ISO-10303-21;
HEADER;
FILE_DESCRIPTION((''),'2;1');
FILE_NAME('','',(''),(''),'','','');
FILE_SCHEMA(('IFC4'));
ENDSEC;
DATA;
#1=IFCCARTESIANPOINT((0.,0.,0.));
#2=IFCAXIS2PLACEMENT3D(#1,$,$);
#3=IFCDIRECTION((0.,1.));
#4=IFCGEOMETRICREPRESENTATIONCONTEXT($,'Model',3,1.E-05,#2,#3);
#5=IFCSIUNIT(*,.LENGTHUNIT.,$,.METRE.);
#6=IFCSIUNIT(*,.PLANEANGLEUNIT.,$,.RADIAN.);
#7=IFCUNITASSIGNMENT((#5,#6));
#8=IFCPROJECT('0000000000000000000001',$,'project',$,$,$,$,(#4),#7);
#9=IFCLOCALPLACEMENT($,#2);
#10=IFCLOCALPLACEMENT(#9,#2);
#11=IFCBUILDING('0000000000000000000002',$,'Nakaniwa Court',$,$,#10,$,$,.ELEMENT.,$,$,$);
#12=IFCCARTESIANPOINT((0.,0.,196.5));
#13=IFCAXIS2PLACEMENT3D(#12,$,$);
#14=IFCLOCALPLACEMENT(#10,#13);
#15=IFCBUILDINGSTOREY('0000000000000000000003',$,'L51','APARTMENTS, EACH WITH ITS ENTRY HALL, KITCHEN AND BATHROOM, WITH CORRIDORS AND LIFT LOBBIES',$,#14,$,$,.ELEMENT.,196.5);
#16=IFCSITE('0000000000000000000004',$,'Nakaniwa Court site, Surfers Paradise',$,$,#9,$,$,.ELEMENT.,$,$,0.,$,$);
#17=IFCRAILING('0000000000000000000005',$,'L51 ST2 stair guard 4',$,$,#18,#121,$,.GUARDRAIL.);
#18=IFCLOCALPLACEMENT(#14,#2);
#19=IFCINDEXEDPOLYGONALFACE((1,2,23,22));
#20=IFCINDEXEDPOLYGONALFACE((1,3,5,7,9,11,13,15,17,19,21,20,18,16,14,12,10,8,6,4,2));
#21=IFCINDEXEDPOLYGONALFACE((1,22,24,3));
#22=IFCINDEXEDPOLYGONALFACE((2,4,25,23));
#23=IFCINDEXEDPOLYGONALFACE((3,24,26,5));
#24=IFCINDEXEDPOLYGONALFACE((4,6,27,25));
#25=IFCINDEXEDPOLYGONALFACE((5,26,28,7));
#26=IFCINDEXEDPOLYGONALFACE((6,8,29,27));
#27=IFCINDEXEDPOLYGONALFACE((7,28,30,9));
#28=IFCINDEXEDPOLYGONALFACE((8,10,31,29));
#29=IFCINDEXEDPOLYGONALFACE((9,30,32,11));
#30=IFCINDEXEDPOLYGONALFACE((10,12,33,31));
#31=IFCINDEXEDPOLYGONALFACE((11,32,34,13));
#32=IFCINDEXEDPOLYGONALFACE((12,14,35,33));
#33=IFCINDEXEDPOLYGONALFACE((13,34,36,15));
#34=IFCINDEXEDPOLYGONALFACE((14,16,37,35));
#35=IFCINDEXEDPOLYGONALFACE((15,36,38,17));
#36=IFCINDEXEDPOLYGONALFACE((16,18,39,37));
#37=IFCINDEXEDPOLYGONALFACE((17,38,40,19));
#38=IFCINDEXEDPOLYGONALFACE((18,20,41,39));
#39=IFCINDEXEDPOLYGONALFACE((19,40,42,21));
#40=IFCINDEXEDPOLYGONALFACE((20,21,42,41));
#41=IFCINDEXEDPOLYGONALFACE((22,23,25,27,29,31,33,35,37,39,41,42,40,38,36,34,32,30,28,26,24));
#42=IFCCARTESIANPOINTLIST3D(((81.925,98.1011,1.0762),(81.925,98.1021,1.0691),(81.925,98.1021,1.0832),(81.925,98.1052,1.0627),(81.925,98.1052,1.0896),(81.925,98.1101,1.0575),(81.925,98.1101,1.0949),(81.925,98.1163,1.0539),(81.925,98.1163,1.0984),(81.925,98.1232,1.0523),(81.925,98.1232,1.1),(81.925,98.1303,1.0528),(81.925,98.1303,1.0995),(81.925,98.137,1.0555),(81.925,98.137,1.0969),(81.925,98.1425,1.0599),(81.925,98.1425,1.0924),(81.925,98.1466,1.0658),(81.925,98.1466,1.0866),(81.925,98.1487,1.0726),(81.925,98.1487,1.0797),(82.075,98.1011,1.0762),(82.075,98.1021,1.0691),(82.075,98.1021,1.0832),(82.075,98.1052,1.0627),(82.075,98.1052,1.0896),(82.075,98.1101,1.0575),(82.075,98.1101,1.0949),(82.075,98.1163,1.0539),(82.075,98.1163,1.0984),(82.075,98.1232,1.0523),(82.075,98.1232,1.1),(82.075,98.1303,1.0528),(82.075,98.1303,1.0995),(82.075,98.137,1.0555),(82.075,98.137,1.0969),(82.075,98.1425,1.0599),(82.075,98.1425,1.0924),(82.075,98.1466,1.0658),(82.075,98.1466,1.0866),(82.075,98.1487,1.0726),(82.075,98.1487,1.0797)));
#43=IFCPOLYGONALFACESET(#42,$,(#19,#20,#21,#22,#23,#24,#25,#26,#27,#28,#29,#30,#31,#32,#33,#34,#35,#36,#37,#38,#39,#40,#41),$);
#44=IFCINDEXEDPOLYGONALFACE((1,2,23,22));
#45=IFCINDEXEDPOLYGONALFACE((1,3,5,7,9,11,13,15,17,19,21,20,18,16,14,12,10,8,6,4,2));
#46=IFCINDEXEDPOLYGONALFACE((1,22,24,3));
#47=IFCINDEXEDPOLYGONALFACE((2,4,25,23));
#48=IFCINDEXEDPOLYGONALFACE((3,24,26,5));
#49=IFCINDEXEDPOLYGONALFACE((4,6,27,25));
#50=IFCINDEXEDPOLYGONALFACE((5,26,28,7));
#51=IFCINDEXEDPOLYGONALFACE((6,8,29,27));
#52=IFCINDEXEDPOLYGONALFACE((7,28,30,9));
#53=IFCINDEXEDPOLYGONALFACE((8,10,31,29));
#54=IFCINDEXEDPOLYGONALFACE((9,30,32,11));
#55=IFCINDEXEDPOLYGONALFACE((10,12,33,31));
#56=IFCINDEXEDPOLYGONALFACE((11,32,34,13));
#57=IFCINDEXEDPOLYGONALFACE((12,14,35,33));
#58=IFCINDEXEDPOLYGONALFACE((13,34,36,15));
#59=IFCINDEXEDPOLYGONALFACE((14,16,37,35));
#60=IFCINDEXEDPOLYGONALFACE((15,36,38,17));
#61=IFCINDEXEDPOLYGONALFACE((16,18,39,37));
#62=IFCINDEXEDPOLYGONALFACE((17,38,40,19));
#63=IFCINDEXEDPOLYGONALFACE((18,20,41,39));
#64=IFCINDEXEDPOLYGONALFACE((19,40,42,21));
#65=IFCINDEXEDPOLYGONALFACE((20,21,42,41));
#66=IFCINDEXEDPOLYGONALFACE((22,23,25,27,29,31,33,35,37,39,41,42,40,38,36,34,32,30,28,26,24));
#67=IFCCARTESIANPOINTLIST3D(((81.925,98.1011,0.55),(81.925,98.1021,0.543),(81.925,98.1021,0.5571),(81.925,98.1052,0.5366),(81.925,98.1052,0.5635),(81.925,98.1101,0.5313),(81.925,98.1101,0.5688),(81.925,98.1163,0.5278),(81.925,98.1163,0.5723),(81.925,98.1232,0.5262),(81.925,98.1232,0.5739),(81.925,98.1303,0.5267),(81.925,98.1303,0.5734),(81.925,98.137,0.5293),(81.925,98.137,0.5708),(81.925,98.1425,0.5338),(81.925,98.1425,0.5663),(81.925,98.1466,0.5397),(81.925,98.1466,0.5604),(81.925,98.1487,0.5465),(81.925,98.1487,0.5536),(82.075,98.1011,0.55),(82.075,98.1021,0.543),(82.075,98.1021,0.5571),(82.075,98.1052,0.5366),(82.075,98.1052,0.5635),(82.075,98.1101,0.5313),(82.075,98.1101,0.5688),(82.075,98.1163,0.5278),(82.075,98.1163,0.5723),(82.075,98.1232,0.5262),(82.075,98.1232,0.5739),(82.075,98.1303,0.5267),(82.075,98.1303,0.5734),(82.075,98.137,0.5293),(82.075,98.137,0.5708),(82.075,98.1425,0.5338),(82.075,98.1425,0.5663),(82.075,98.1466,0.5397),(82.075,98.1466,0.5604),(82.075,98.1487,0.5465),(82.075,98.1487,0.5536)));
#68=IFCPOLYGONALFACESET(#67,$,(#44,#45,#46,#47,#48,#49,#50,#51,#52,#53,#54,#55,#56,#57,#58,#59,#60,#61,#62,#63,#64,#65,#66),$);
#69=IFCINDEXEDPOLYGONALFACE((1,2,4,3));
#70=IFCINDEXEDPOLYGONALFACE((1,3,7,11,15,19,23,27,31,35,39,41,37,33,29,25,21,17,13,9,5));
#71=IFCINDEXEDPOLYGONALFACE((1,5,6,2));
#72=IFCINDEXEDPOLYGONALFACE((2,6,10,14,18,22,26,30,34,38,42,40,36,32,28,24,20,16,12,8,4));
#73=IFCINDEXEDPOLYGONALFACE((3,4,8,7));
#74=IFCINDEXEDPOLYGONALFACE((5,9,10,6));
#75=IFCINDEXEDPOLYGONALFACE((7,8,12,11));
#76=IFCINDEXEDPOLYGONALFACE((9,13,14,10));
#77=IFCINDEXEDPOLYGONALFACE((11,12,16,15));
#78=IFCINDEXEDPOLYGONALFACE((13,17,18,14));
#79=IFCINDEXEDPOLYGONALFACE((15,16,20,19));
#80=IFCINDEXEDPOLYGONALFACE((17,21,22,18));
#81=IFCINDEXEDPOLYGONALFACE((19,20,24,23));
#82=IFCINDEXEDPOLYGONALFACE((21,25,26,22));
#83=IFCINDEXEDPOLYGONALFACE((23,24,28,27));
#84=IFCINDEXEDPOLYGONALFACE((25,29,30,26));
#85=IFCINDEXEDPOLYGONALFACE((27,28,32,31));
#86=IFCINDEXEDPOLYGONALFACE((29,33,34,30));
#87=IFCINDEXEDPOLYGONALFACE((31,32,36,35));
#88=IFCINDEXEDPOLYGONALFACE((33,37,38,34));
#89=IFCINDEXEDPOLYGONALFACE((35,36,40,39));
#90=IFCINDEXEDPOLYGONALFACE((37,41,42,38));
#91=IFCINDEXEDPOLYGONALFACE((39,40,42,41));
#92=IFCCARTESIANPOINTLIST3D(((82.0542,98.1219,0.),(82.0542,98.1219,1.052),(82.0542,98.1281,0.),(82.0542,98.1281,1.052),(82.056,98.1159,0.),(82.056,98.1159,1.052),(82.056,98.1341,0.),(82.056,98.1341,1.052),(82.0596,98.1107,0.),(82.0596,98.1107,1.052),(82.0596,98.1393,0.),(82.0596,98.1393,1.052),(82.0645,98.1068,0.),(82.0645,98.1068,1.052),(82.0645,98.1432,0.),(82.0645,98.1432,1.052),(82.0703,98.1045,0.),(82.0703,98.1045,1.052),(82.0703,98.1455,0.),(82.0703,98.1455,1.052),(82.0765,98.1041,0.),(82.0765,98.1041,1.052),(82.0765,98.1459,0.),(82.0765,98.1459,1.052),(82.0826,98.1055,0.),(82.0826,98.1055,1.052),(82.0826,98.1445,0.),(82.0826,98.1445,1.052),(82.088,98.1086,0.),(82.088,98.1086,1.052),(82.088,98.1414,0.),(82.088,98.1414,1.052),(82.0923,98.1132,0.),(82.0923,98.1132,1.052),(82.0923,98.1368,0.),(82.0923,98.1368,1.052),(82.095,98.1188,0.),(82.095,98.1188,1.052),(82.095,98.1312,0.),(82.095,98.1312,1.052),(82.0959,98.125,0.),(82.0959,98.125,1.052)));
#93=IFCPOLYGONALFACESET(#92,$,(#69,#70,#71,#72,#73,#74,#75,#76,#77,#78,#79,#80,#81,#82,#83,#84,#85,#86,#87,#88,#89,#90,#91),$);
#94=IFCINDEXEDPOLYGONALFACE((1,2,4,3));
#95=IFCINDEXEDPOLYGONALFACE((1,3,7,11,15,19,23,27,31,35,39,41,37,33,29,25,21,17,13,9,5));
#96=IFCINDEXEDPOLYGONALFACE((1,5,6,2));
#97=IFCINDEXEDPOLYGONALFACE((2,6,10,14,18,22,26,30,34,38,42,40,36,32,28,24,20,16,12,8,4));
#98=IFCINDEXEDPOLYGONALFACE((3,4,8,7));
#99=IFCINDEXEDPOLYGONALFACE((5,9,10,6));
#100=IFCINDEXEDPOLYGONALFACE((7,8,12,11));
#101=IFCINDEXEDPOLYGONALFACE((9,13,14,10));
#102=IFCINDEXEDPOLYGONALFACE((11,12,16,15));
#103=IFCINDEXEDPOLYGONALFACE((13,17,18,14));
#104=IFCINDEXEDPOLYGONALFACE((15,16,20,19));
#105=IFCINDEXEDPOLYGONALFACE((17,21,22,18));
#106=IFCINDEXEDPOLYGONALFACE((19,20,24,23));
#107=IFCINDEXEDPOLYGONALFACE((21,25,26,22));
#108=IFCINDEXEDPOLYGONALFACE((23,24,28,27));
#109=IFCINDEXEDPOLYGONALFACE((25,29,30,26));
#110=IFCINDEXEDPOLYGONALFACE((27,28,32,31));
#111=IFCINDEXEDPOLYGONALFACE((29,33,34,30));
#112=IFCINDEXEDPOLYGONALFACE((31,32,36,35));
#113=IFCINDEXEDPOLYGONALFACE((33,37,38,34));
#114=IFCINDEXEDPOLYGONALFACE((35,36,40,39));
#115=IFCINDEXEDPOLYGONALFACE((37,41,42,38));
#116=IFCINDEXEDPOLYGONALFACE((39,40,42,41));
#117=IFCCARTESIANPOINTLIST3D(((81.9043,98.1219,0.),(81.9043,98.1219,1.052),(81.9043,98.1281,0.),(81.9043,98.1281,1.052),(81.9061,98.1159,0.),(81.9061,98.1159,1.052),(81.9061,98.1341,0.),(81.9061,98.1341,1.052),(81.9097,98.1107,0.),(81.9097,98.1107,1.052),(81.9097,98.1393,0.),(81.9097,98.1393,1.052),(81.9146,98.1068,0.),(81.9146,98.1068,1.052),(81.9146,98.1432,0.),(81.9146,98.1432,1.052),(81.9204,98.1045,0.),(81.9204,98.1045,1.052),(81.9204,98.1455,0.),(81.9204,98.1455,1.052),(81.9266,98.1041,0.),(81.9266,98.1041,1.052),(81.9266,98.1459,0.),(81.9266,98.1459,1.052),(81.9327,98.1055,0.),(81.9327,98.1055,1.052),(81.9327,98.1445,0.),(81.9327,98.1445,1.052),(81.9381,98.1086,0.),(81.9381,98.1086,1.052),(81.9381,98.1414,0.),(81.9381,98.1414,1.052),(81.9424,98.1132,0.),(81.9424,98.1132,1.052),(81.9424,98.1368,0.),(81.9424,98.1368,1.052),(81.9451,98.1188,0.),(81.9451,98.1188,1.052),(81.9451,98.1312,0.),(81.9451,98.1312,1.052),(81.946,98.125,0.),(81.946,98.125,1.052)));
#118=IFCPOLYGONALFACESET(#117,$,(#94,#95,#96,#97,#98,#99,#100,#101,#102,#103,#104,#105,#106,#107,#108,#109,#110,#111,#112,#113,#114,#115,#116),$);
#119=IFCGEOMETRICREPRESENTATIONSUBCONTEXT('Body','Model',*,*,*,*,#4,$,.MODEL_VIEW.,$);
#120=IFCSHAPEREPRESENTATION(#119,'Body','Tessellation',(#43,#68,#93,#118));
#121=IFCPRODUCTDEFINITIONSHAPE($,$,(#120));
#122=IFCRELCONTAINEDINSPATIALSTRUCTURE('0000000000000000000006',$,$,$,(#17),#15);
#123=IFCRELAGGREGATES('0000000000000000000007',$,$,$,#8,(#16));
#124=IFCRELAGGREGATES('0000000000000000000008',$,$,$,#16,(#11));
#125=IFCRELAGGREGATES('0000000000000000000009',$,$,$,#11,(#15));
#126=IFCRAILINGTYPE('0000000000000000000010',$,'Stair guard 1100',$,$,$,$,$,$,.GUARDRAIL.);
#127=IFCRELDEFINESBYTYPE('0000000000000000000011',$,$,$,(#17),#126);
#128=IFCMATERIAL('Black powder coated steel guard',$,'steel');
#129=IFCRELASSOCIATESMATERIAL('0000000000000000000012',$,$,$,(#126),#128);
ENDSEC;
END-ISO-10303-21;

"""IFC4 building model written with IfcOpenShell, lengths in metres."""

from ifc_helpers import new_model, si_unit, direction, frame, origin, origin_2d, place, context, subcontext, project, spatial, circle, extrude, material, type_object, element, save


model = new_model("IFC4")

# Units and contexts
model_context = context("Model", 3, precision=1e-05, world=origin(), true_north=direction((0.0, 1.0)))
body_context = subcontext(model_context, "Body", "Model", "MODEL_VIEW")
ifc_project = project(units=[si_unit("LENGTHUNIT", "METRE"), si_unit("PLANEANGLEUNIT", "RADIAN")], contexts=[model_context])

# Site, building, storey
site_placement = place(None, origin())
site = spatial("IfcSite", under=ifc_project, at=site_placement, Name="Nakaniwa Court site, Surfers Paradise", CompositionType="ELEMENT", RefElevation=0.0)
building_placement = place(site_placement, origin())
building = spatial("IfcBuilding", under=site, at=building_placement, Name="Nakaniwa Court", CompositionType="ELEMENT")
storey_placement = place(building_placement, frame((0.0, 0.0, 196.5)))
storey = spatial("IfcBuildingStorey", under=building, at=storey_placement, Name="L51", Description="APARTMENTS, EACH WITH ITS ENTRY HALL, KITCHEN AND BATHROOM, WITH CORRIDORS AND LIFT LOBBIES", CompositionType="ELEMENT", Elevation=196.5)

# Railing
ifc_material_1 = material(Name="Black powder coated steel guard", Category="steel")
railing_type_1 = type_object("IfcRailingType", Name="Stair guard 1100", PredefinedType="GUARDRAIL", material=ifc_material_1)
railing_1_placement = place(storey_placement, frame((82.075, 98.125, 0.0)))
element("IfcRailing", 1, at=railing_1_placement, inside=storey, type_object=railing_type_1, Name="L51 ST2 stair guard 4", PredefinedType="GUARDRAIL", context=body_context, shape_type="SweptSolid", body=[
    extrude(circle(Radius=0.0239, at=origin_2d()), frame((0.0, 0.0, 1.0762), z_axis=(-1.0, 0.0, 0.0), x_axis=(0.0, -1.0, 0.0)), (0.0, 0.0, 1.0), 0.1499),
    extrude(circle(Radius=0.0239, at=origin_2d()), frame((0.0, 0.0, 0.55), z_axis=(-1.0, 0.0, 0.0), x_axis=(0.0, -1.0, 0.0)), (0.0, 0.0, 1.0), 0.1499),
    extrude(circle(Radius=0.021, at=origin_2d()), origin(), (0.0, 0.0, 1.0), 1.052),
    extrude(circle(Radius=0.021, at=origin_2d()), frame((-0.1499, 0.0, 0.0)), (0.0, 0.0, 1.0), 1.052),
])

save(model, "model.ifc")
